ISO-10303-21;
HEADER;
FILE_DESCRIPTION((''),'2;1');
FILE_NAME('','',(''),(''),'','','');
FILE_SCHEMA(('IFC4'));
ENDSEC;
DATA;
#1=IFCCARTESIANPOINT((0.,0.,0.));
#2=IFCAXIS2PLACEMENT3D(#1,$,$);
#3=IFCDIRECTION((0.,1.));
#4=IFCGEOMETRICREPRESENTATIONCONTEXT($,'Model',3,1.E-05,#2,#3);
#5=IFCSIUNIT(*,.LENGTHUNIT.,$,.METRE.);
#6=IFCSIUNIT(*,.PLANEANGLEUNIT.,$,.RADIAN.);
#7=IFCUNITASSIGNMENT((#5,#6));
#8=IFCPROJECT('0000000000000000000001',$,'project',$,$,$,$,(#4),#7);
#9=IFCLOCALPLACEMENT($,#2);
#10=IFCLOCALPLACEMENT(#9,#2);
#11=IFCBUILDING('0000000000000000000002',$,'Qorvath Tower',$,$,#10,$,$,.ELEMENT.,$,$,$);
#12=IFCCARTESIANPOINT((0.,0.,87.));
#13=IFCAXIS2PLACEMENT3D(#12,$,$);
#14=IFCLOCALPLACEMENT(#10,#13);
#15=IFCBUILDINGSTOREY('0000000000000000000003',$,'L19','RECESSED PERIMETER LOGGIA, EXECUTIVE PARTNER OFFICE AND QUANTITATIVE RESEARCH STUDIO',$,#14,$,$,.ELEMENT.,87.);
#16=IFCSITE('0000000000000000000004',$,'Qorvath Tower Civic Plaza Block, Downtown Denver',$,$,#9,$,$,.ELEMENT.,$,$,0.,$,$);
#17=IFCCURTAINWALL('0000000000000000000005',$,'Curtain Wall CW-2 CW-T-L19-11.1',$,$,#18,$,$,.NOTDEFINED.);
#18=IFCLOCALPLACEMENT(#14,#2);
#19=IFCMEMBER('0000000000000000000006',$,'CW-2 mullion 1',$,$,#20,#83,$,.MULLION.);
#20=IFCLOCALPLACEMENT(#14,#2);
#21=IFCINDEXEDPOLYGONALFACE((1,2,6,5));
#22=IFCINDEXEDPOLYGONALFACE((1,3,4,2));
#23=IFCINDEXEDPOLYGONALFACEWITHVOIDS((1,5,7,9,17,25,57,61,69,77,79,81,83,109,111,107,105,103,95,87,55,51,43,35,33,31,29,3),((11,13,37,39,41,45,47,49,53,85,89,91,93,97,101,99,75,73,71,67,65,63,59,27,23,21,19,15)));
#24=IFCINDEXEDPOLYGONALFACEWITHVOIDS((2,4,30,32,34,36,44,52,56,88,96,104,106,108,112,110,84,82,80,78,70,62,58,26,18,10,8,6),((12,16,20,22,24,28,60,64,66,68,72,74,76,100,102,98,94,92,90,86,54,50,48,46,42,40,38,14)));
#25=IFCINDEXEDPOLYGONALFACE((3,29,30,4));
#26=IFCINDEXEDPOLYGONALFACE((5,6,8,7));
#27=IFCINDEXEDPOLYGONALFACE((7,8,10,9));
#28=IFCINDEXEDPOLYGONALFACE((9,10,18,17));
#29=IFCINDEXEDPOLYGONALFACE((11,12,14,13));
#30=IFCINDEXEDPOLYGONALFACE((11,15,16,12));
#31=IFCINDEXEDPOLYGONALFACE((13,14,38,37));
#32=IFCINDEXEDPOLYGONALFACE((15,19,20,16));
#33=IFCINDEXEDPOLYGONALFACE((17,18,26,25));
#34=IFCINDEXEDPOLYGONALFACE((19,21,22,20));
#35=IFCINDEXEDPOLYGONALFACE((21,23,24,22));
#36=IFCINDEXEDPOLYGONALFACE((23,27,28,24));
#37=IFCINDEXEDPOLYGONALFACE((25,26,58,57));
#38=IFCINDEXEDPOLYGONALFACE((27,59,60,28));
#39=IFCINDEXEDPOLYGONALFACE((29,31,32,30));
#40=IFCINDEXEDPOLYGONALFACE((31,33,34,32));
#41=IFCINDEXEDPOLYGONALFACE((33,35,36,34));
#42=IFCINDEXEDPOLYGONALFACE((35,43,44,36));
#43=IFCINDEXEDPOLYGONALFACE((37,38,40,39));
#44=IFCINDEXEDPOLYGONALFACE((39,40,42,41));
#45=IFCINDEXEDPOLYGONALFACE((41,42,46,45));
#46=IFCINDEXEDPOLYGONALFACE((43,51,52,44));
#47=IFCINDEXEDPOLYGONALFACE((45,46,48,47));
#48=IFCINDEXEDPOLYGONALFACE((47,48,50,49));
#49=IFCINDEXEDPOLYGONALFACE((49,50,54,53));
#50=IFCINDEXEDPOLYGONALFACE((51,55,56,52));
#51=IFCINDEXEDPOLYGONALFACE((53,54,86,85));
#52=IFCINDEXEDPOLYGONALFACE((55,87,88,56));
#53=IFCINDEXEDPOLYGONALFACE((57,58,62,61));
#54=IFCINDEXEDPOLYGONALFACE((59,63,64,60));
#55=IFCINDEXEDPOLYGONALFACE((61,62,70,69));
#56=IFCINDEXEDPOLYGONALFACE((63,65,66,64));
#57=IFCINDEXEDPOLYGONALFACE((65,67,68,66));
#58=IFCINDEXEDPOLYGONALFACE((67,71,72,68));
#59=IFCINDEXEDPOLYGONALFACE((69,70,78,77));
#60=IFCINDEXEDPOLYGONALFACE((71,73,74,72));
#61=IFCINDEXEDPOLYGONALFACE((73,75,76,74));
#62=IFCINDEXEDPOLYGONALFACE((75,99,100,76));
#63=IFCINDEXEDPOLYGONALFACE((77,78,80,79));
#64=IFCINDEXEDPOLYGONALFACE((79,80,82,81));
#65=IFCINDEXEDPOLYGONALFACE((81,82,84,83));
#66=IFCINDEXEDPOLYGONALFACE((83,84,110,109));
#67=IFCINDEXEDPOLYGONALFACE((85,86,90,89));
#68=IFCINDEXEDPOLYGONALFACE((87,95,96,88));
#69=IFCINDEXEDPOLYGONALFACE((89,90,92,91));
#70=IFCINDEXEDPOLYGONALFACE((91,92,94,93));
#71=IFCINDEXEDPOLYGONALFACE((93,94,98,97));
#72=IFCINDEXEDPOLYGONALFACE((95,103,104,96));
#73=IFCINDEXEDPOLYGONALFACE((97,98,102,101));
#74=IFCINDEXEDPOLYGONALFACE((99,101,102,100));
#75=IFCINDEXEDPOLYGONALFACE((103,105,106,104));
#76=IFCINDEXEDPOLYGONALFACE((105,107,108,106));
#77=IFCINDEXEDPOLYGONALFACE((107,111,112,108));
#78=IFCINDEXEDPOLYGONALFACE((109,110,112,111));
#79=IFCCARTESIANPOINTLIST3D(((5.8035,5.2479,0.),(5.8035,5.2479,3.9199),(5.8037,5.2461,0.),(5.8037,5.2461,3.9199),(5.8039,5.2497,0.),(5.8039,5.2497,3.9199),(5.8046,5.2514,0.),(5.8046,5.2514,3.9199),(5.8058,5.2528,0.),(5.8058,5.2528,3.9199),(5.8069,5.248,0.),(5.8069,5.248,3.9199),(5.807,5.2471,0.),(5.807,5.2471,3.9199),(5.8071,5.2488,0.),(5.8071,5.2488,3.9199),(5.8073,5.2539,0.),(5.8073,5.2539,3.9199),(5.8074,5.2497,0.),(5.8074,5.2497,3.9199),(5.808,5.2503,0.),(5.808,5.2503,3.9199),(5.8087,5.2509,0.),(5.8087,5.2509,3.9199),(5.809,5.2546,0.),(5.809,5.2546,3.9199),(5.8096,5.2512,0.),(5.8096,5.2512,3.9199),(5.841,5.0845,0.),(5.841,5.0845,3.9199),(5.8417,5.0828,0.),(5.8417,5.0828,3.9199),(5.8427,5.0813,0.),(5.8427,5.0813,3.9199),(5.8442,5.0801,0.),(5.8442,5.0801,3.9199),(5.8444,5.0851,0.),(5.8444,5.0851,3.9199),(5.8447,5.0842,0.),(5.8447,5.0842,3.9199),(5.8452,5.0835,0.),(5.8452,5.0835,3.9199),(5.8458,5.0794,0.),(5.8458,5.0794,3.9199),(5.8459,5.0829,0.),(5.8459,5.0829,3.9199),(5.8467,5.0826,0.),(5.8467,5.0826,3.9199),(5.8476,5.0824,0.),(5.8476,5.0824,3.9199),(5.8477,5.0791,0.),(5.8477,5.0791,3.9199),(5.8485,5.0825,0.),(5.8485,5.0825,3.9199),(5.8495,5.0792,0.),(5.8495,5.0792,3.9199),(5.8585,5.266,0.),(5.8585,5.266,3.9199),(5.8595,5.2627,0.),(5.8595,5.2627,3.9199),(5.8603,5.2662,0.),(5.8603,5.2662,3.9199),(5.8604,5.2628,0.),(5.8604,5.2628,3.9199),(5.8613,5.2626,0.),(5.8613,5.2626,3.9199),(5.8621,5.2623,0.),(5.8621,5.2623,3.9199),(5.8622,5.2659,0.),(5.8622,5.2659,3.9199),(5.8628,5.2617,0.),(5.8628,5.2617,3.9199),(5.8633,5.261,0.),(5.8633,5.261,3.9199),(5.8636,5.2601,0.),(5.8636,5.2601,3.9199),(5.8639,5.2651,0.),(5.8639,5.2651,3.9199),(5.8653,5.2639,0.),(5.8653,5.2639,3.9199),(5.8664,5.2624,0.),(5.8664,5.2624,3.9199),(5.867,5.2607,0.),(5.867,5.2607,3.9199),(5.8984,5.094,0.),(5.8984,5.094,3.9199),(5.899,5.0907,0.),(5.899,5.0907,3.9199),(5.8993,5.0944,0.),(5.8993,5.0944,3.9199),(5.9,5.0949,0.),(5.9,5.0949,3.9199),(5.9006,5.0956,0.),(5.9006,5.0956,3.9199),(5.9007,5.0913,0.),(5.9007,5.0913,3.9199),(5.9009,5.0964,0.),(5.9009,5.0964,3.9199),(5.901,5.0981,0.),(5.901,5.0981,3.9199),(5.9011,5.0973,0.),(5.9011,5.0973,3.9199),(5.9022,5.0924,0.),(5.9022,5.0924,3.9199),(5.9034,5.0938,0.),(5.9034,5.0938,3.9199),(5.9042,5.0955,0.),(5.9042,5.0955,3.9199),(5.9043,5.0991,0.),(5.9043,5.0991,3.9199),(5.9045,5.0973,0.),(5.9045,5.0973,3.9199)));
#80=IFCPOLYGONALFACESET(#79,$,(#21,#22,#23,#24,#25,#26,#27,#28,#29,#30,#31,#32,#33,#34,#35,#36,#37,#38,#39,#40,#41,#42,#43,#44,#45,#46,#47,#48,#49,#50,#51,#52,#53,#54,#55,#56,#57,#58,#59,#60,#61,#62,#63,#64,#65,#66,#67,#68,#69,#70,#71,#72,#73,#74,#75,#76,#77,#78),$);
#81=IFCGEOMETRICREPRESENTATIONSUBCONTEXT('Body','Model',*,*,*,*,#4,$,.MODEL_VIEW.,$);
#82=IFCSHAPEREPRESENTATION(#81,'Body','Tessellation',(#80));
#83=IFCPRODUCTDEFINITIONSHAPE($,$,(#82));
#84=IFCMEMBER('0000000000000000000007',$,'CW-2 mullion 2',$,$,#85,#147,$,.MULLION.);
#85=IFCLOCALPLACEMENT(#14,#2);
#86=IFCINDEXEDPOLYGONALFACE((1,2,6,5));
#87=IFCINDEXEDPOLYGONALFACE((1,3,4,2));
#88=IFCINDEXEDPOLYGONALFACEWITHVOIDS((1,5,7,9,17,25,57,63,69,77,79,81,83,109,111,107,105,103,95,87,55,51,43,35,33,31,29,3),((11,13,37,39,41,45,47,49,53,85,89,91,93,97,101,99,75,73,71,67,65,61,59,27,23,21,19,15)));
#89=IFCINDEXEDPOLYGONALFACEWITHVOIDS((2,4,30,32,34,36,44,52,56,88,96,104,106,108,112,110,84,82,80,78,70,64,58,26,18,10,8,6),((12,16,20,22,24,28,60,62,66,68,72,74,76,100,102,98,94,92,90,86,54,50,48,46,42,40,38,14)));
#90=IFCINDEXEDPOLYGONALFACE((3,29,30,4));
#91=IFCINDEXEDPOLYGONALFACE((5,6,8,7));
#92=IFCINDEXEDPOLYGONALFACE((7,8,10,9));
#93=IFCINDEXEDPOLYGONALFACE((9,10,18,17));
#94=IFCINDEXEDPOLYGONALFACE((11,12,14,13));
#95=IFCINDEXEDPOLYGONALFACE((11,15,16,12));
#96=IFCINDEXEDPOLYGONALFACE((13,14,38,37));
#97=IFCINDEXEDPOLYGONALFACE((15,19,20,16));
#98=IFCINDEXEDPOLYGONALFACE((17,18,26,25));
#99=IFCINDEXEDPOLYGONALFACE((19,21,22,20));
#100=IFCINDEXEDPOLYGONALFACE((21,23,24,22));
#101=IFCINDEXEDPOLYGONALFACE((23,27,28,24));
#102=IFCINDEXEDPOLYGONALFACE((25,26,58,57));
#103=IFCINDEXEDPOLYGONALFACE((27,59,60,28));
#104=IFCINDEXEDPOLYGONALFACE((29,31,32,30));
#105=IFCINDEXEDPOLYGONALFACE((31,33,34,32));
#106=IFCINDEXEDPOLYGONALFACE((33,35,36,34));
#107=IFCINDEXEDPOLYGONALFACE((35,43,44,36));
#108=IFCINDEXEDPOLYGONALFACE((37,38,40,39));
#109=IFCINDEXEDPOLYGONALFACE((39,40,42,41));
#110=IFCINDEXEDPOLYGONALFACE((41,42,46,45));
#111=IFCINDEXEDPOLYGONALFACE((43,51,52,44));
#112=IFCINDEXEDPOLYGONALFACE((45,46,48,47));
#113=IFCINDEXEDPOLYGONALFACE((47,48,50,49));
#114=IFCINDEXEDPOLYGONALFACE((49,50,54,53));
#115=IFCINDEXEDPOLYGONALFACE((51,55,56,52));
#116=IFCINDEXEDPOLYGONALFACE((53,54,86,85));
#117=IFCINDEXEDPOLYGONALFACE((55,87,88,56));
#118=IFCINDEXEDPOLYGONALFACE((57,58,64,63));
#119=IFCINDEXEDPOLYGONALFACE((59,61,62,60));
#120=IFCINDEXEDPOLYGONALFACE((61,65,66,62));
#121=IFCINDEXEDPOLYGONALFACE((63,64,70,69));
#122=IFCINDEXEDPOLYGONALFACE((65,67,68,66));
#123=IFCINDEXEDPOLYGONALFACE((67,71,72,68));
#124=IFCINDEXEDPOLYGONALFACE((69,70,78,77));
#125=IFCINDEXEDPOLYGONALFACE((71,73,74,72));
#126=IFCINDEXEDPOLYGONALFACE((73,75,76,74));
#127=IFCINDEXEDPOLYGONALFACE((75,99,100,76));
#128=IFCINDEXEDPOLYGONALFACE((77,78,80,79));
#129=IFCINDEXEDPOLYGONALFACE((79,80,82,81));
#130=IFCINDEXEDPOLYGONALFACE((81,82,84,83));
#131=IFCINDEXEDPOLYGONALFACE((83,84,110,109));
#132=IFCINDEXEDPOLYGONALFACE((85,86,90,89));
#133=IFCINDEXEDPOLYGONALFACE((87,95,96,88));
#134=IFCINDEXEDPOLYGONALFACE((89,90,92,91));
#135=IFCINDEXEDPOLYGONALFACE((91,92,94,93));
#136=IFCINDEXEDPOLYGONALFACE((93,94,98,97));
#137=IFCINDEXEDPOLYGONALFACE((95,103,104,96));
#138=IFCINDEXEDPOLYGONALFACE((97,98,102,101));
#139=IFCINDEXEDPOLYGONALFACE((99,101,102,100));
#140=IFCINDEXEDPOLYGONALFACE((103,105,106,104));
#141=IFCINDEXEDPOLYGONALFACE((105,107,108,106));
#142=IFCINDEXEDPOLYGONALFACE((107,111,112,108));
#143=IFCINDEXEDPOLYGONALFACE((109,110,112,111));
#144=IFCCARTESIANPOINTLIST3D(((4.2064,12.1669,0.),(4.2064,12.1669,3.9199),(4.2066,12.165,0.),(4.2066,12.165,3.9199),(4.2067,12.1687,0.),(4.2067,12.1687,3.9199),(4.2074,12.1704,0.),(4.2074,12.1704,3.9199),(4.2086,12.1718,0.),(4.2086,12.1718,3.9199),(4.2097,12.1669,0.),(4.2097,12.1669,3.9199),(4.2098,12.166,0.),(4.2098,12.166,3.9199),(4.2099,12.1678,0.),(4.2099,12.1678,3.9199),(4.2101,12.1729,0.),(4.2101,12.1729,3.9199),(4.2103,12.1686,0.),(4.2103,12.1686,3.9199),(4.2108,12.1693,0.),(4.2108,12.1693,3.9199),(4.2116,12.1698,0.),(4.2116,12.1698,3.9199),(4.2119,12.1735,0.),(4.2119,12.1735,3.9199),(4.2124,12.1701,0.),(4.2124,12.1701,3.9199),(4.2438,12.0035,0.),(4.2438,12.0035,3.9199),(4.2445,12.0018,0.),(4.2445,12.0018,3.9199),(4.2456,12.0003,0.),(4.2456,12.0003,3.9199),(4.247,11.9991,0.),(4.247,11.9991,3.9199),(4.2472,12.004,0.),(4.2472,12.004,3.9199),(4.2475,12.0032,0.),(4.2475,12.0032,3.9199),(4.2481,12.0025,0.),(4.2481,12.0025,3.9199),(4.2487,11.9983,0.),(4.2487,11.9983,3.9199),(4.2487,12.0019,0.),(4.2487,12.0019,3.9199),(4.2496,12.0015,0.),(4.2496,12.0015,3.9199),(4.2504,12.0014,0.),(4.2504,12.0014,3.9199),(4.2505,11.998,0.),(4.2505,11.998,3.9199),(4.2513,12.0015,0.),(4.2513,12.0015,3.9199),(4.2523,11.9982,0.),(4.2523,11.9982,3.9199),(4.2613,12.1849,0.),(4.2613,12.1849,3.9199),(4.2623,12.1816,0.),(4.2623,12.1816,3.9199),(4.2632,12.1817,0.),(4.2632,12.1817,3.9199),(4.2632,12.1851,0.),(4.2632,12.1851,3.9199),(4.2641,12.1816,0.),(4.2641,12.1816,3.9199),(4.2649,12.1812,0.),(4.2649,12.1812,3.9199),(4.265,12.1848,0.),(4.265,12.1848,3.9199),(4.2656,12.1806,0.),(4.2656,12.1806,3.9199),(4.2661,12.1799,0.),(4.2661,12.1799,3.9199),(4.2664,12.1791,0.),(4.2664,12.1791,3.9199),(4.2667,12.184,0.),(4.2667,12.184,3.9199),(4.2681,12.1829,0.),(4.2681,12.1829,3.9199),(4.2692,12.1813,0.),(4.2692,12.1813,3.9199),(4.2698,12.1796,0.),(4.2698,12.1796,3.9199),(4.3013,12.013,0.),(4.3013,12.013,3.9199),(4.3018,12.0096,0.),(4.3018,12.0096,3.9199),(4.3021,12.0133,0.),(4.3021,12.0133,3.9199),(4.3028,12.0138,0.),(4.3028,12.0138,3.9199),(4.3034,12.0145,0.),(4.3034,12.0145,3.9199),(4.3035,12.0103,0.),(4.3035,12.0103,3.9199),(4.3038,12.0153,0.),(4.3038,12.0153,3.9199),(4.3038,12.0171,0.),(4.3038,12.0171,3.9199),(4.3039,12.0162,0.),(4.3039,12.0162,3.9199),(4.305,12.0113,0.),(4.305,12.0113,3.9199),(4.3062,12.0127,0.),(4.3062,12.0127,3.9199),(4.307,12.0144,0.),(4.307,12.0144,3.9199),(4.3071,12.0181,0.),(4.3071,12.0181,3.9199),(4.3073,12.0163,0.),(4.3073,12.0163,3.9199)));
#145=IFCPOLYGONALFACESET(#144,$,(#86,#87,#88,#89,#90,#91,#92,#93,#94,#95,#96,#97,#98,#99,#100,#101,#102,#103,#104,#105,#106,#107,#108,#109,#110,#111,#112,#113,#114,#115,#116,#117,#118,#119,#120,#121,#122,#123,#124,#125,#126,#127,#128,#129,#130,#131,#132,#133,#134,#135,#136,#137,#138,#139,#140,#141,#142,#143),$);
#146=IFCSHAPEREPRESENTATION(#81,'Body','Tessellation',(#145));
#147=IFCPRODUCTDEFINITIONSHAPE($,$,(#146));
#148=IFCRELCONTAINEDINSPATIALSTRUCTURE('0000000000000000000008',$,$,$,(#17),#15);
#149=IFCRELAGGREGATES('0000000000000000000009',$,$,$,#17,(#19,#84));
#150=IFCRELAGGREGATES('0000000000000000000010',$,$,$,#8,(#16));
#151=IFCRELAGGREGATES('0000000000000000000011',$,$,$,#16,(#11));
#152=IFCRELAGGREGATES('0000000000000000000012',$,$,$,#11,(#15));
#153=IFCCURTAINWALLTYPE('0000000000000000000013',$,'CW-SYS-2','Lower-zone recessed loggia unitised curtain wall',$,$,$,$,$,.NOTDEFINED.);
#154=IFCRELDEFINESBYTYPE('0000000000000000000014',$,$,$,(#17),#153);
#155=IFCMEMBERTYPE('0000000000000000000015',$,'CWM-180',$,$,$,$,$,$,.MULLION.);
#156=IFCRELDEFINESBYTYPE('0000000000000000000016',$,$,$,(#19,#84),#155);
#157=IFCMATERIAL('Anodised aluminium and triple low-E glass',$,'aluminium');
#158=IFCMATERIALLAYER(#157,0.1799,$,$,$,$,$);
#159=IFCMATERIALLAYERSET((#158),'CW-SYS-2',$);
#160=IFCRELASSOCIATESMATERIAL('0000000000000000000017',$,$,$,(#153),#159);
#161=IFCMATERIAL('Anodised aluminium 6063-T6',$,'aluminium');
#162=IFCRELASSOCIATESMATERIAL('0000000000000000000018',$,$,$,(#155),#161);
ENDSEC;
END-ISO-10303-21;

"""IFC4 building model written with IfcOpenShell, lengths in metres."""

from ifc_helpers import new_model, si_unit, direction, frame, origin, origin_2d, place, context, subcontext, project, spatial, hollow_rectangle, extrude, material, layer, layer_set, material_profile, profile_set, type_object, element, aggregate, save


model = new_model("IFC4")

# Units and contexts
model_context = context("Model", 3, precision=1e-05, world=origin(), true_north=direction((0.0, 1.0)))
body_context = subcontext(model_context, "Body", "Model", "MODEL_VIEW")
ifc_project = project(units=[si_unit("LENGTHUNIT", "METRE"), si_unit("PLANEANGLEUNIT", "RADIAN")], contexts=[model_context])

# Site, building, storey
site_placement = place(None, origin())
site = spatial("IfcSite", under=ifc_project, at=site_placement, Name="Qorvath Tower Civic Plaza Block, Downtown Denver", CompositionType="ELEMENT", RefElevation=0.0)
building_placement = place(site_placement, origin())
building = spatial("IfcBuilding", under=site, at=building_placement, Name="Qorvath Tower", CompositionType="ELEMENT")
storey_placement = place(building_placement, frame((0.0, 0.0, 87.0)))
storey = spatial("IfcBuildingStorey", under=building, at=storey_placement, Name="L19", Description="RECESSED PERIMETER LOGGIA, EXECUTIVE PARTNER OFFICE AND QUANTITATIVE RESEARCH STUDIO", CompositionType="ELEMENT", Elevation=87.0)

# Shared definitions
ifc_material_1 = material(Name="Anodised aluminium and triple low-E glass", Category="aluminium")
ifc_layer_1 = layer(ifc_material_1, 0.1799)
ifc_layer_set_1 = layer_set([ifc_layer_1], Name="CW-SYS-2")
curtain_wall_type = type_object("IfcCurtainWallType", Name="CW-SYS-2", Description="Lower-zone recessed loggia unitised curtain wall", PredefinedType="NOTDEFINED", material=ifc_layer_set_1)
ifc_material_2 = material(Name="Anodised aluminium 6063-T6", Category="aluminium")
ifc_material_profile_1 = material_profile(ifc_material_2, hollow_rectangle(XDim=0.0649, YDim=0.1799, WallThickness=0.0034, InnerFilletRadius=0.0034, OuterFilletRadius=0.0071, at=origin_2d()), Name="CWM 180x65")
ifc_profile_set_1 = profile_set([ifc_material_profile_1], Name="Anodised aluminium 6063-T6")
member_type_1 = type_object("IfcMemberType", Name="CWM-180", PredefinedType="MULLION", material=ifc_profile_set_1)

# Curtain wall, members
curtain_wall_1_placement = place(storey_placement, origin())
curtain_wall_1 = element("IfcCurtainWall", 1, at=curtain_wall_1_placement, inside=storey, type_object=curtain_wall_type, Name="Curtain Wall CW-2 CW-T-L19-11.1", PredefinedType="NOTDEFINED")
member_1_placement = place(storey_placement, frame((5.854, 5.1726, 0.0), z_axis=(0.0, 0.0, 1.0), x_axis=(-0.974377, -0.224923, 0.0)))
member_1 = element("IfcMember", 2, at=member_1_placement, type_object=member_type_1, Name="CW-2 mullion 1", PredefinedType="MULLION", context=body_context, shape_type="SweptSolid", body=[
    extrude(hollow_rectangle(XDim=0.0649, YDim=0.1799, WallThickness=0.0034, InnerFilletRadius=0.0034, OuterFilletRadius=0.0071, at=origin_2d()), origin(), (0.0, 0.0, 1.0), 3.9199),
])
member_2_placement = place(storey_placement, frame((4.2568, 12.0916, 0.0), z_axis=(0.0, 0.0, 1.0), x_axis=(-0.974377, -0.224923, 0.0)))
member_2 = element("IfcMember", 3, at=member_2_placement, type_object=member_type_1, Name="CW-2 mullion 2", PredefinedType="MULLION", context=body_context, shape_type="SweptSolid", body=[
    extrude(hollow_rectangle(XDim=0.0649, YDim=0.1799, WallThickness=0.0034, InnerFilletRadius=0.0034, OuterFilletRadius=0.0071, at=origin_2d()), origin(), (0.0, 0.0, 1.0), 3.9199),
])

aggregate(curtain_wall_1, [member_1, member_2])

save(model, "model.ifc")
